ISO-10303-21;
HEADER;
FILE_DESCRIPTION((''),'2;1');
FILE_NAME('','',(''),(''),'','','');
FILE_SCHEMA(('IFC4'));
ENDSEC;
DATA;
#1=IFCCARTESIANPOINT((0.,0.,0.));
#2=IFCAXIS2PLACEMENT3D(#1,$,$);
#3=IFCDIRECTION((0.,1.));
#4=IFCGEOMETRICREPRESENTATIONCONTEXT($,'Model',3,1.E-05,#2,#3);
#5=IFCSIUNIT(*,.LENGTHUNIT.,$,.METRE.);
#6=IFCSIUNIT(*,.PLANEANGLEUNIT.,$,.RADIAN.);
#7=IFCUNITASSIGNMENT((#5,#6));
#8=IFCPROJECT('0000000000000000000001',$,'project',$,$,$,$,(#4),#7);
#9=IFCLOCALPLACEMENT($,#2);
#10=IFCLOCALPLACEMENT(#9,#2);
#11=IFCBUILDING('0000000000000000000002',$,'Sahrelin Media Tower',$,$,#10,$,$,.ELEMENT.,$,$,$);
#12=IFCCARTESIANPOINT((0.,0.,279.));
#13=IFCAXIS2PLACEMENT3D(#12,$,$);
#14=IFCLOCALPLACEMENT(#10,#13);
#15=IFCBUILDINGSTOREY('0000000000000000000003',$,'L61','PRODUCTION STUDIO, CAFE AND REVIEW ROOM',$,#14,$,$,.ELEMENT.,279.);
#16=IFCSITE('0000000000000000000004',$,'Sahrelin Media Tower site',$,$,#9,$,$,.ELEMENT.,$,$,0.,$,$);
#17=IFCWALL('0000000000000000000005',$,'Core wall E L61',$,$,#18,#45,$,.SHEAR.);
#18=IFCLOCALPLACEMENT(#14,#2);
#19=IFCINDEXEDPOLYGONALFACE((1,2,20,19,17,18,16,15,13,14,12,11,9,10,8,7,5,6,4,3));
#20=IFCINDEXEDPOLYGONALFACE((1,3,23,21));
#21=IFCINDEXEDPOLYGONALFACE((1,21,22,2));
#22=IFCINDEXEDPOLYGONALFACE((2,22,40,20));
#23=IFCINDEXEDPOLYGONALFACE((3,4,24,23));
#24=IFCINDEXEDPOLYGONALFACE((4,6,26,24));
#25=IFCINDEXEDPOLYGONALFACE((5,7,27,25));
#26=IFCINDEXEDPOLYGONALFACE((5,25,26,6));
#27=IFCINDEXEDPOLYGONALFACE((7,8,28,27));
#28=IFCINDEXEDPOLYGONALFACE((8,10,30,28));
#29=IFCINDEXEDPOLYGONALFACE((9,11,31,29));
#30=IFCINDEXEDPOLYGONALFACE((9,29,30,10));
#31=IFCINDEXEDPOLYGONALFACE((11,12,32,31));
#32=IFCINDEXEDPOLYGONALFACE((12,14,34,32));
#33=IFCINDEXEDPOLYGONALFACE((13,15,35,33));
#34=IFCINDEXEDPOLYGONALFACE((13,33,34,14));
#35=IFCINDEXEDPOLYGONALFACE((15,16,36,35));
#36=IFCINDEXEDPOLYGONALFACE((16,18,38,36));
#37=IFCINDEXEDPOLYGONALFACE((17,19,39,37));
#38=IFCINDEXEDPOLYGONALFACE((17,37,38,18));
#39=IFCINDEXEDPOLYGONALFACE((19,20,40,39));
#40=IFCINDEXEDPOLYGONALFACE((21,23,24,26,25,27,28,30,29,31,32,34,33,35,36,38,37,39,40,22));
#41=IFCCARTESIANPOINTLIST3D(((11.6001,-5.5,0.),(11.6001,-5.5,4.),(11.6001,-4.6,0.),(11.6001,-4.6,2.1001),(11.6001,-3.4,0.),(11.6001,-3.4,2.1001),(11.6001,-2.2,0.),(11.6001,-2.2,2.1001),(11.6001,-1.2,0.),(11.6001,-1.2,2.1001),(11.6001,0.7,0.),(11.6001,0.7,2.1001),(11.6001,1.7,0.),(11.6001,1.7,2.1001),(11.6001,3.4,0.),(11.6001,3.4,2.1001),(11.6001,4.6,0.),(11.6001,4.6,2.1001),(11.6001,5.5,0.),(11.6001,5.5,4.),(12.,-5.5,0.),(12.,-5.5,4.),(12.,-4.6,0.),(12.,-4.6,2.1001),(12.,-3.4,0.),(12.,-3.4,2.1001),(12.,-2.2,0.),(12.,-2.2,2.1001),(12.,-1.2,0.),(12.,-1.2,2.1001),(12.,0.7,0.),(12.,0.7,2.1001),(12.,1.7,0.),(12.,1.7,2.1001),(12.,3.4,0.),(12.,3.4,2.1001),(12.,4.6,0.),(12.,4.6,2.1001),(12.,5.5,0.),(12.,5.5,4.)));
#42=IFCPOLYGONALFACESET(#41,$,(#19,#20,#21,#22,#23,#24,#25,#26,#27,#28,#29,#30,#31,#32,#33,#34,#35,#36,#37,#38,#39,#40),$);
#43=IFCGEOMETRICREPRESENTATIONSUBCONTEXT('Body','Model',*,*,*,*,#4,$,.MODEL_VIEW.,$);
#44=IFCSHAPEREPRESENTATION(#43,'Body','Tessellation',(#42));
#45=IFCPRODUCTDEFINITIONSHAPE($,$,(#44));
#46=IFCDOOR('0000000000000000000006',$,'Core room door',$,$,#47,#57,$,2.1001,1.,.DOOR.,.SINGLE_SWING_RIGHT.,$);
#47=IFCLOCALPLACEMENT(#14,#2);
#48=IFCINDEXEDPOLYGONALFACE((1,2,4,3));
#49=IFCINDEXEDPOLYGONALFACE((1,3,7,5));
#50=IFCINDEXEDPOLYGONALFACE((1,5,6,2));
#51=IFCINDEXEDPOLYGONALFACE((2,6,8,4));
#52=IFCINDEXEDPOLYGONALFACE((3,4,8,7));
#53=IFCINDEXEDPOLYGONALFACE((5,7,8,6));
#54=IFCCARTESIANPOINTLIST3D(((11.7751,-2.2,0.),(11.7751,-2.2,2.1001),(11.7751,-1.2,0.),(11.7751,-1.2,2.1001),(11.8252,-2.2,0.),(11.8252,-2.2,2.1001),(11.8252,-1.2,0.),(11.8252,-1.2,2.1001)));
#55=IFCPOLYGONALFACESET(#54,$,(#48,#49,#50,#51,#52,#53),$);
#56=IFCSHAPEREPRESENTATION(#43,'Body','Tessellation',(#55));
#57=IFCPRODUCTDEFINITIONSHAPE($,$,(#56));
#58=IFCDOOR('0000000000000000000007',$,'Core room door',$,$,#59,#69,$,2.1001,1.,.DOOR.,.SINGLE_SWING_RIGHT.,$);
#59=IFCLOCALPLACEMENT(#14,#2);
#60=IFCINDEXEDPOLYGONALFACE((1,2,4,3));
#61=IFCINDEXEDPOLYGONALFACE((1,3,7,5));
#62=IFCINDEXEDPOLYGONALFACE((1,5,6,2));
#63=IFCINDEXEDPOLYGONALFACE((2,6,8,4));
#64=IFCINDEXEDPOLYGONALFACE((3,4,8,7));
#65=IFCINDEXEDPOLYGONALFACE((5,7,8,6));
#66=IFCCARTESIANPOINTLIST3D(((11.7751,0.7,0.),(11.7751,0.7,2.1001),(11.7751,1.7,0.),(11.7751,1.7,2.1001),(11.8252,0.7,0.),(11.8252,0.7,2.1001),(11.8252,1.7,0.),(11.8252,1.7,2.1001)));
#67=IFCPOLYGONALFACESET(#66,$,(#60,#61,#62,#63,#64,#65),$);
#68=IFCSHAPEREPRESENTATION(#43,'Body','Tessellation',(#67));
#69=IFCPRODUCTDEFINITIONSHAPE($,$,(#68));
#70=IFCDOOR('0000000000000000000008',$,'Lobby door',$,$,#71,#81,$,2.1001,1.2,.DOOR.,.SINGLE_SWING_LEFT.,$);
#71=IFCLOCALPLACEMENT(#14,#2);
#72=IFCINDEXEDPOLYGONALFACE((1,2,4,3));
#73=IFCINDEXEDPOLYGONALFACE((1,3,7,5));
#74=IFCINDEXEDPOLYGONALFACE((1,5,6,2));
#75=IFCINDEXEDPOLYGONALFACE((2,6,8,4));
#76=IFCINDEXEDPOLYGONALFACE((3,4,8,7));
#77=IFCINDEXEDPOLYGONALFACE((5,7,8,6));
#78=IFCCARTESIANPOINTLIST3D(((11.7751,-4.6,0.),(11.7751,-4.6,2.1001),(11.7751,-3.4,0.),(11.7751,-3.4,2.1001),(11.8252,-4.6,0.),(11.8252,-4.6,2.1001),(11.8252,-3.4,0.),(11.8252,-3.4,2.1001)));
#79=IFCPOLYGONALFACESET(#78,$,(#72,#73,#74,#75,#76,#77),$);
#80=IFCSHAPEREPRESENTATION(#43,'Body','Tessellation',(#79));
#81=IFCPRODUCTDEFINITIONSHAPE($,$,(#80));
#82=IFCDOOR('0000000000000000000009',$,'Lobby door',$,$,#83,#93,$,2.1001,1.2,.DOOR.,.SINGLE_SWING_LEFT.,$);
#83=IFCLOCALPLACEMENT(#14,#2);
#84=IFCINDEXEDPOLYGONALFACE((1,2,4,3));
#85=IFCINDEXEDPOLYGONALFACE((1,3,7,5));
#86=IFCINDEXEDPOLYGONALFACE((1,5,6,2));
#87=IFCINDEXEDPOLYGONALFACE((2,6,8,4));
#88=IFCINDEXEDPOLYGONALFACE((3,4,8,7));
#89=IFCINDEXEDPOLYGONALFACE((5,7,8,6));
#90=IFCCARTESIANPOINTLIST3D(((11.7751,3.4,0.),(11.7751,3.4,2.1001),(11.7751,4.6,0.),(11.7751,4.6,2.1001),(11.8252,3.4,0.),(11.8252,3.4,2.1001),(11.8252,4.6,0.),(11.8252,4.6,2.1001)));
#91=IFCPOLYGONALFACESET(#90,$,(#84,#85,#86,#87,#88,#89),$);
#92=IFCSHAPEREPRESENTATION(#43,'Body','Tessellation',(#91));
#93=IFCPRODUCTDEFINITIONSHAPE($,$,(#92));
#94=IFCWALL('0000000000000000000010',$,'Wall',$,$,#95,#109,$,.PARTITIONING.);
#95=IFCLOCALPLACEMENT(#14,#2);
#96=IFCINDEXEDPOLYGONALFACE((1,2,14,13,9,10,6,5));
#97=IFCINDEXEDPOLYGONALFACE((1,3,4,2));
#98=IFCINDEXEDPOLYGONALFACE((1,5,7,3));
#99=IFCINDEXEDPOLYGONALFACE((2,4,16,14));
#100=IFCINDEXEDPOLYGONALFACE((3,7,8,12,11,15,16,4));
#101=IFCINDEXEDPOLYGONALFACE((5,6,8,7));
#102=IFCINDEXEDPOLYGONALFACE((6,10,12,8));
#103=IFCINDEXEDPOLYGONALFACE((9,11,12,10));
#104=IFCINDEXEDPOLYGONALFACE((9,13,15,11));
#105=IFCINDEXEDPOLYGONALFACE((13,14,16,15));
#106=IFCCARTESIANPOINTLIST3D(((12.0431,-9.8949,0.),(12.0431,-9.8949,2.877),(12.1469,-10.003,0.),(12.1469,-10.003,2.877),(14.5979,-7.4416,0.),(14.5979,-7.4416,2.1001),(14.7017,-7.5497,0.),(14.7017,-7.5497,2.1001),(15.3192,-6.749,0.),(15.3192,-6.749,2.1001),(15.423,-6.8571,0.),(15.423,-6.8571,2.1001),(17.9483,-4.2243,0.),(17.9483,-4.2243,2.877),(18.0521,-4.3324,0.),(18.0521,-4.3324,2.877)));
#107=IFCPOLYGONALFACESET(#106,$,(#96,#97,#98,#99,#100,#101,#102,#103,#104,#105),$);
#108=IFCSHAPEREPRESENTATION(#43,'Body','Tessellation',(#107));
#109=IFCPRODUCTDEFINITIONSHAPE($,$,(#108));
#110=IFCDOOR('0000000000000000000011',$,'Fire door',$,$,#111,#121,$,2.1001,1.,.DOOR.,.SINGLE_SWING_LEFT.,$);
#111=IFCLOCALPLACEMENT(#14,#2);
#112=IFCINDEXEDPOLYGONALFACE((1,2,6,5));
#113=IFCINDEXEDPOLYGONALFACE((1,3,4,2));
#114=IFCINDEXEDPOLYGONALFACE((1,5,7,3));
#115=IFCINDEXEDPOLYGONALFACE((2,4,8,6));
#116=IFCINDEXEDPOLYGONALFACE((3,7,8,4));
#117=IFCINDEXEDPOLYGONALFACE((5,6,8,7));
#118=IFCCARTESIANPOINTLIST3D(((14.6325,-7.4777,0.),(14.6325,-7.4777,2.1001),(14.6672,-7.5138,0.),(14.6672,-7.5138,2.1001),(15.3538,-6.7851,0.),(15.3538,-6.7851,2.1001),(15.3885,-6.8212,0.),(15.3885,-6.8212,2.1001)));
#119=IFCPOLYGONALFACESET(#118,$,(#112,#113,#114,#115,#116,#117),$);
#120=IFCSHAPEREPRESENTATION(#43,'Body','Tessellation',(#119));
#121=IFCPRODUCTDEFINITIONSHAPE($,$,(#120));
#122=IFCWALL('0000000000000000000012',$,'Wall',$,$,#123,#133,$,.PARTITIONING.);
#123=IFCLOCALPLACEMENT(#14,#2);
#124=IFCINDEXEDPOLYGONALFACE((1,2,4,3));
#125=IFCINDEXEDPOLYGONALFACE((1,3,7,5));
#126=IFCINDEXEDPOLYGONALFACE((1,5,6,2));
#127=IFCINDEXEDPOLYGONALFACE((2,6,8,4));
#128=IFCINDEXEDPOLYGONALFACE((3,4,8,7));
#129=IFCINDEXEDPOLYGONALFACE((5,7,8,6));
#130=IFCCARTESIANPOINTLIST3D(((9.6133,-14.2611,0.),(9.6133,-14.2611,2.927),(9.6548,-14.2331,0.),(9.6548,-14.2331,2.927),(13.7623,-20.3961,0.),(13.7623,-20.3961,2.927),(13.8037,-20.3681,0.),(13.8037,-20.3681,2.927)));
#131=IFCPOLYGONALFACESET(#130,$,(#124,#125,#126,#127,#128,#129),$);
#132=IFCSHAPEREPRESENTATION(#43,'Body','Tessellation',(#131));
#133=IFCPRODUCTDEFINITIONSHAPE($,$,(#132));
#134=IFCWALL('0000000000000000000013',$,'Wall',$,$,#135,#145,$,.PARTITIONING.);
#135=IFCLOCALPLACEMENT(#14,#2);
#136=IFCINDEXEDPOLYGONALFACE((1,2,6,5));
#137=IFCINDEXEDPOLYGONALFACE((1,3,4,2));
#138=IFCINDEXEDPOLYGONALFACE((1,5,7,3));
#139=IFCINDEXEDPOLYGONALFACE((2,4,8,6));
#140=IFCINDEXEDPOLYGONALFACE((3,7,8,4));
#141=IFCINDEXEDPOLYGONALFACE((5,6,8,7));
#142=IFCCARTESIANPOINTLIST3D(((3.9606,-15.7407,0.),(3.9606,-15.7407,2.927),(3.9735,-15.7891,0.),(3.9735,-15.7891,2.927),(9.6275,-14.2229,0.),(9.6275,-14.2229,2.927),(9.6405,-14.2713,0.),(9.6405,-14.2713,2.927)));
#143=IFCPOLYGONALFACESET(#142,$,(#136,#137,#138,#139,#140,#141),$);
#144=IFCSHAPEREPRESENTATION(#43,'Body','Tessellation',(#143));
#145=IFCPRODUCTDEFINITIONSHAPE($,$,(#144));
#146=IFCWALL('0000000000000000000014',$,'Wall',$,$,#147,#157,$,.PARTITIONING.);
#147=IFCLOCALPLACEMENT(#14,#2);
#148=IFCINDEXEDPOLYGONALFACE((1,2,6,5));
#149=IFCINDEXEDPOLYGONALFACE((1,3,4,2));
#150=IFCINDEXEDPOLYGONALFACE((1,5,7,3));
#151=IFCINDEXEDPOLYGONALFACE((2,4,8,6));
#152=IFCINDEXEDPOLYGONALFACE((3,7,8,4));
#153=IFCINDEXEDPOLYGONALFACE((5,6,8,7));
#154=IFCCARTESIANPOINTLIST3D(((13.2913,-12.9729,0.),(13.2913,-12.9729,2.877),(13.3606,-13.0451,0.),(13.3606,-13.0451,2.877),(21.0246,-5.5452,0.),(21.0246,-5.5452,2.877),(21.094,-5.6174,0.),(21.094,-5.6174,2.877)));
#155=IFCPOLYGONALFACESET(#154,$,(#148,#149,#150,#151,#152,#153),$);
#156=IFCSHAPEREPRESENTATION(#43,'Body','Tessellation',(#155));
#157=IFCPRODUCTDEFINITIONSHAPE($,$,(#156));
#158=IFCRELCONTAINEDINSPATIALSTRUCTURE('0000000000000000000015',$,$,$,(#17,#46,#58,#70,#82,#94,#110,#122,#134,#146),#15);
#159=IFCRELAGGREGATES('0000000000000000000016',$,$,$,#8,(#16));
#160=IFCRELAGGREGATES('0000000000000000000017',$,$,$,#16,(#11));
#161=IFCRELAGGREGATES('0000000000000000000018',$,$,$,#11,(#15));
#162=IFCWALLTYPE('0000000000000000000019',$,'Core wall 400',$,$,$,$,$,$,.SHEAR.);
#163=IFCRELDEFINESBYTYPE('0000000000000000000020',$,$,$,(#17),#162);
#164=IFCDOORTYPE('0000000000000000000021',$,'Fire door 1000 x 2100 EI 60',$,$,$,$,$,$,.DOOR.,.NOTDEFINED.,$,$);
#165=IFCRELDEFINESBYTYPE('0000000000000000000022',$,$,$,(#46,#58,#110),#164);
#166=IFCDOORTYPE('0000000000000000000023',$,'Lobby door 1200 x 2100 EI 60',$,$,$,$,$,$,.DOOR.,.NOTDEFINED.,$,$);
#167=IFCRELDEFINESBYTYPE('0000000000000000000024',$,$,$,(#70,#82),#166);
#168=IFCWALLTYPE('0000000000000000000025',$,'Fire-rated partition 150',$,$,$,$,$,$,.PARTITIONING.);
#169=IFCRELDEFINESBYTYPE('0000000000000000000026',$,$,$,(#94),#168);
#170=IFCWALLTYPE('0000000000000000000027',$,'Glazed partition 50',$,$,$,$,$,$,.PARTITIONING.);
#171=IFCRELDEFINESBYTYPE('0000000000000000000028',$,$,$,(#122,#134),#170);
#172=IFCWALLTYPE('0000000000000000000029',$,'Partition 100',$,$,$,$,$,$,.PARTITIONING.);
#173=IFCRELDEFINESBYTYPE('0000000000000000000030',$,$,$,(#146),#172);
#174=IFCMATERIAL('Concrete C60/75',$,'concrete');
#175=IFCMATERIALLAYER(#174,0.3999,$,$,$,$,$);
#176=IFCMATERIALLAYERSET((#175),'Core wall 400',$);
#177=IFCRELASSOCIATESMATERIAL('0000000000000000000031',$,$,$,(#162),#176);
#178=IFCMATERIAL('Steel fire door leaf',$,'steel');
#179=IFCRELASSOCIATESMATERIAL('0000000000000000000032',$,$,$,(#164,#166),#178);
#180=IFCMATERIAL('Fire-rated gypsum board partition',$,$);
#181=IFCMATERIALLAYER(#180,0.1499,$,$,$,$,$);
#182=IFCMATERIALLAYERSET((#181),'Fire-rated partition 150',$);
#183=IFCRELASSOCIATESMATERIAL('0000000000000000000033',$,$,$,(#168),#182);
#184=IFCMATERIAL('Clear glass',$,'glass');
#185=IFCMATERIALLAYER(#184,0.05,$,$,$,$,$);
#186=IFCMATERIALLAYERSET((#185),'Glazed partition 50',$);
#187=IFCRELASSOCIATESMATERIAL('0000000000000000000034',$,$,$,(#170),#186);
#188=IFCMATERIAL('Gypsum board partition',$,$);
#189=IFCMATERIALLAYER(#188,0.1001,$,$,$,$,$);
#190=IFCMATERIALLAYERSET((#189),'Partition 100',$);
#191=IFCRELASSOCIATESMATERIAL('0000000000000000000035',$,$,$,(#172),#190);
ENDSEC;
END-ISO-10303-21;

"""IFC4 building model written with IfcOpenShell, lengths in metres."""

from ifc_helpers import new_model, si_unit, direction, frame, frame_2d, origin, place, context, subcontext, project, spatial, rectangle, extrude, material, layer, layer_set, type_object, element, fill, save


model = new_model("IFC4")

# Units and contexts
model_context = context("Model", 3, precision=1e-05, world=origin(), true_north=direction((0.0, 1.0)))
body_context = subcontext(model_context, "Body", "Model", "MODEL_VIEW")
ifc_project = project(units=[si_unit("LENGTHUNIT", "METRE"), si_unit("PLANEANGLEUNIT", "RADIAN")], contexts=[model_context])

# Site, building, storey
site_placement = place(None, origin())
site = spatial("IfcSite", under=ifc_project, at=site_placement, Name="Sahrelin Media Tower site", CompositionType="ELEMENT", RefElevation=0.0)
building_placement = place(site_placement, origin())
building = spatial("IfcBuilding", under=site, at=building_placement, Name="Sahrelin Media Tower", CompositionType="ELEMENT")
storey_placement = place(building_placement, frame((0.0, 0.0, 279.0)))
storey = spatial("IfcBuildingStorey", under=building, at=storey_placement, Name="L61", Description="PRODUCTION STUDIO, CAFE AND REVIEW ROOM", CompositionType="ELEMENT", Elevation=279.0)

# Wall, openings, doors
ifc_material_1 = material(Name="Concrete C60/75", Category="concrete")
ifc_layer_1 = layer(ifc_material_1, 0.3999)
ifc_layer_set_1 = layer_set([ifc_layer_1], Name="Core wall 400")
wall_type_1 = type_object("IfcWallType", Name="Core wall 400", PredefinedType="SHEAR", material=ifc_layer_set_1)
wall_1_placement = place(storey_placement, frame((11.8, -5.5, 0.0), z_axis=(0.0, 0.0, 1.0), x_axis=(0.0, 1.0, 0.0)))
wall_1 = element("IfcWall", 1, at=wall_1_placement, inside=storey, type_object=wall_type_1, Name="Core wall E L61", PredefinedType="SHEAR", context=body_context, shape_type="SweptSolid", body=[
    extrude(rectangle(XDim=11.0, YDim=0.3999, at=frame_2d((5.5, 0.0))), origin(), (0.0, 0.0, 1.0), 4.0),
])
opening_1_placement = place(wall_1_placement, frame((3.3, 0.0, 0.0)))
opening_1 = element("IfcOpeningElement", 2, at=opening_1_placement, cuts=wall_1, PredefinedType="OPENING", context=body_context, shape_type="SweptSolid", body=[
    extrude(rectangle(XDim=1.0, YDim=2.1001, at=frame_2d((0.5, 1.05))), frame((0.0, 0.2, 0.0), z_axis=(0.0, -1.0, 0.0), x_axis=(1.0, 0.0, 0.0)), (0.0, 0.0, 1.0), 0.3999),
])
opening_2_placement = place(wall_1_placement, frame((6.2, 0.0, 0.0)))
opening_2 = element("IfcOpeningElement", 3, at=opening_2_placement, cuts=wall_1, PredefinedType="OPENING", context=body_context, shape_type="SweptSolid", body=[
    extrude(rectangle(XDim=1.0, YDim=2.1001, at=frame_2d((0.5, 1.05))), frame((0.0, 0.2, 0.0), z_axis=(0.0, -1.0, 0.0), x_axis=(1.0, 0.0, 0.0)), (0.0, 0.0, 1.0), 0.3999),
])
opening_3_placement = place(wall_1_placement, frame((0.8999, 0.0, 0.0)))
opening_3 = element("IfcOpeningElement", 4, at=opening_3_placement, cuts=wall_1, PredefinedType="OPENING", context=body_context, shape_type="SweptSolid", body=[
    extrude(rectangle(XDim=1.2, YDim=2.1001, at=frame_2d((0.6001, 1.05))), frame((0.0, 0.2, 0.0), z_axis=(0.0, -1.0, 0.0), x_axis=(1.0, 0.0, 0.0)), (0.0, 0.0, 1.0), 0.3999),
])
opening_4_placement = place(wall_1_placement, frame((8.8999, 0.0, 0.0)))
opening_4 = element("IfcOpeningElement", 5, at=opening_4_placement, cuts=wall_1, PredefinedType="OPENING", context=body_context, shape_type="SweptSolid", body=[
    extrude(rectangle(XDim=1.2, YDim=2.1001, at=frame_2d((0.6001, 1.05))), frame((0.0, 0.2, 0.0), z_axis=(0.0, -1.0, 0.0), x_axis=(1.0, 0.0, 0.0)), (0.0, 0.0, 1.0), 0.3999),
])
ifc_material_2 = material(Name="Steel fire door leaf", Category="steel")
door_type_1 = type_object("IfcDoorType", Name="Fire door 1000 x 2100 EI 60", OperationType="NOTDEFINED", PredefinedType="DOOR", material=ifc_material_2)
door_1_placement = place(opening_1_placement, origin())
door_1 = element("IfcDoor", 6, at=door_1_placement, inside=storey, type_object=door_type_1, Name="Core room door", OperationType="SINGLE_SWING_RIGHT", OverallHeight=2.1001, OverallWidth=1.0, PredefinedType="DOOR", context=body_context, shape_type="SweptSolid", body=[
    extrude(rectangle(XDim=1.0, YDim=2.1001, at=frame_2d((0.5, 1.05))), frame((0.0, 0.0249, 0.0), z_axis=(0.0, -1.0, 0.0), x_axis=(1.0, 0.0, 0.0)), (0.0, 0.0, 1.0), 0.05),
])
fill(opening_1, door_1)
door_2_placement = place(opening_2_placement, origin())
door_2 = element("IfcDoor", 7, at=door_2_placement, inside=storey, type_object=door_type_1, Name="Core room door", OperationType="SINGLE_SWING_RIGHT", OverallHeight=2.1001, OverallWidth=1.0, PredefinedType="DOOR", context=body_context, shape_type="SweptSolid", body=[
    extrude(rectangle(XDim=1.0, YDim=2.1001, at=frame_2d((0.5, 1.05))), frame((0.0, 0.0249, 0.0), z_axis=(0.0, -1.0, 0.0), x_axis=(1.0, 0.0, 0.0)), (0.0, 0.0, 1.0), 0.05),
])
fill(opening_2, door_2)
door_type_2 = type_object("IfcDoorType", Name="Lobby door 1200 x 2100 EI 60", OperationType="NOTDEFINED", PredefinedType="DOOR", material=ifc_material_2)
door_3_placement = place(opening_3_placement, origin())
door_3 = element("IfcDoor", 8, at=door_3_placement, inside=storey, type_object=door_type_2, Name="Lobby door", OperationType="SINGLE_SWING_LEFT", OverallHeight=2.1001, OverallWidth=1.2, PredefinedType="DOOR", context=body_context, shape_type="SweptSolid", body=[
    extrude(rectangle(XDim=1.2, YDim=2.1001, at=frame_2d((0.6001, 1.05))), frame((0.0, 0.0249, 0.0), z_axis=(0.0, -1.0, 0.0), x_axis=(1.0, 0.0, 0.0)), (0.0, 0.0, 1.0), 0.05),
])
fill(opening_3, door_3)
door_4_placement = place(opening_4_placement, origin())
door_4 = element("IfcDoor", 9, at=door_4_placement, inside=storey, type_object=door_type_2, Name="Lobby door", OperationType="SINGLE_SWING_LEFT", OverallHeight=2.1001, OverallWidth=1.2, PredefinedType="DOOR", context=body_context, shape_type="SweptSolid", body=[
    extrude(rectangle(XDim=1.2, YDim=2.1001, at=frame_2d((0.6001, 1.05))), frame((0.0, 0.0249, 0.0), z_axis=(0.0, -1.0, 0.0), x_axis=(1.0, 0.0, 0.0)), (0.0, 0.0, 1.0), 0.05),
])
fill(opening_4, door_4)

# Wall, opening, door
ifc_material_3 = material(Name="Fire-rated gypsum board partition")
ifc_layer_2 = layer(ifc_material_3, 0.1499)
ifc_layer_set_2 = layer_set([ifc_layer_2], Name="Fire-rated partition 150")
wall_type_2 = type_object("IfcWallType", Name="Fire-rated partition 150", PredefinedType="PARTITIONING", material=ifc_layer_set_2)
wall_2_placement = place(storey_placement, frame((12.095, -9.949, 0.0), z_axis=(0.0, 0.0, 1.0), x_axis=(0.72129, 0.692633, 0.0)))
wall_2 = element("IfcWall", 10, at=wall_2_placement, inside=storey, type_object=wall_type_2, Name="Wall", PredefinedType="PARTITIONING", context=body_context, shape_type="SweptSolid", body=[
    extrude(rectangle(XDim=8.187, YDim=0.1499, at=frame_2d((4.0935, 0.0))), origin(), (0.0, 0.0, 1.0), 2.877),
])
opening_5_placement = place(wall_2_placement, frame((3.542, 0.0, 0.0)))
opening_5 = element("IfcOpeningElement", 11, at=opening_5_placement, cuts=wall_2, PredefinedType="OPENING", context=body_context, shape_type="SweptSolid", body=[
    extrude(rectangle(XDim=1.0, YDim=2.1001, at=frame_2d((0.5, 1.05))), frame((0.0, 0.075, 0.0), z_axis=(0.0, -1.0, 0.0), x_axis=(1.0, 0.0, 0.0)), (0.0, 0.0, 1.0), 0.1499),
])
door_5_placement = place(opening_5_placement, origin())
door_5 = element("IfcDoor", 12, at=door_5_placement, inside=storey, type_object=door_type_1, Name="Fire door", OperationType="SINGLE_SWING_LEFT", OverallHeight=2.1001, OverallWidth=1.0, PredefinedType="DOOR", context=body_context, shape_type="SweptSolid", body=[
    extrude(rectangle(XDim=1.0, YDim=2.1001, at=frame_2d((0.5, 1.05))), frame((0.0, 0.0249, 0.0), z_axis=(0.0, -1.0, 0.0), x_axis=(1.0, 0.0, 0.0)), (0.0, 0.0, 1.0), 0.05),
])
fill(opening_5, door_5)

# Walls
ifc_material_4 = material(Name="Clear glass", Category="glass")
ifc_layer_3 = layer(ifc_material_4, 0.05)
ifc_layer_set_3 = layer_set([ifc_layer_3], Name="Glazed partition 50")
wall_type_3 = type_object("IfcWallType", Name="Glazed partition 50", PredefinedType="PARTITIONING", material=ifc_layer_set_3)
wall_3_placement = place(storey_placement, frame((9.634, -14.2471, 0.0), z_axis=(0.0, 0.0, 1.0), x_axis=(0.560196, -0.82836, 0.0)))
element("IfcWall", 13, at=wall_3_placement, inside=storey, type_object=wall_type_3, Name="Wall", PredefinedType="PARTITIONING", context=body_context, shape_type="SweptSolid", body=[
    extrude(rectangle(XDim=7.4062, YDim=0.05, at=frame_2d((3.7031, 0.0))), origin(), (0.0, 0.0, 1.0), 2.927),
])
wall_4_placement = place(storey_placement, frame((3.967, -15.7649, 0.0), z_axis=(0.0, 0.0, 1.0), x_axis=(0.965953, 0.258717, 0.0)))
element("IfcWall", 14, at=wall_4_placement, inside=storey, type_object=wall_type_3, Name="Wall", PredefinedType="PARTITIONING", context=body_context, shape_type="SweptSolid", body=[
    extrude(rectangle(XDim=5.8667, YDim=0.05, at=frame_2d((2.9333, 0.0))), origin(), (0.0, 0.0, 1.0), 2.927),
])
ifc_material_5 = material(Name="Gypsum board partition")
ifc_layer_4 = layer(ifc_material_5, 0.1001)
ifc_layer_set_4 = layer_set([ifc_layer_4], Name="Partition 100")
wall_type_4 = type_object("IfcWallType", Name="Partition 100", PredefinedType="PARTITIONING", material=ifc_layer_set_4)
wall_5_placement = place(storey_placement, frame((13.3259, -13.009, 0.0), z_axis=(0.0, 0.0, 1.0), x_axis=(0.721216, 0.69271, 0.0)))
element("IfcWall", 15, at=wall_5_placement, inside=storey, type_object=wall_type_4, Name="Wall", PredefinedType="PARTITIONING", context=body_context, shape_type="SweptSolid", body=[
    extrude(rectangle(XDim=10.7227, YDim=0.1001, at=frame_2d((5.3613, 0.0))), origin(), (0.0, 0.0, 1.0), 2.877),
])

save(model, "model.ifc")
